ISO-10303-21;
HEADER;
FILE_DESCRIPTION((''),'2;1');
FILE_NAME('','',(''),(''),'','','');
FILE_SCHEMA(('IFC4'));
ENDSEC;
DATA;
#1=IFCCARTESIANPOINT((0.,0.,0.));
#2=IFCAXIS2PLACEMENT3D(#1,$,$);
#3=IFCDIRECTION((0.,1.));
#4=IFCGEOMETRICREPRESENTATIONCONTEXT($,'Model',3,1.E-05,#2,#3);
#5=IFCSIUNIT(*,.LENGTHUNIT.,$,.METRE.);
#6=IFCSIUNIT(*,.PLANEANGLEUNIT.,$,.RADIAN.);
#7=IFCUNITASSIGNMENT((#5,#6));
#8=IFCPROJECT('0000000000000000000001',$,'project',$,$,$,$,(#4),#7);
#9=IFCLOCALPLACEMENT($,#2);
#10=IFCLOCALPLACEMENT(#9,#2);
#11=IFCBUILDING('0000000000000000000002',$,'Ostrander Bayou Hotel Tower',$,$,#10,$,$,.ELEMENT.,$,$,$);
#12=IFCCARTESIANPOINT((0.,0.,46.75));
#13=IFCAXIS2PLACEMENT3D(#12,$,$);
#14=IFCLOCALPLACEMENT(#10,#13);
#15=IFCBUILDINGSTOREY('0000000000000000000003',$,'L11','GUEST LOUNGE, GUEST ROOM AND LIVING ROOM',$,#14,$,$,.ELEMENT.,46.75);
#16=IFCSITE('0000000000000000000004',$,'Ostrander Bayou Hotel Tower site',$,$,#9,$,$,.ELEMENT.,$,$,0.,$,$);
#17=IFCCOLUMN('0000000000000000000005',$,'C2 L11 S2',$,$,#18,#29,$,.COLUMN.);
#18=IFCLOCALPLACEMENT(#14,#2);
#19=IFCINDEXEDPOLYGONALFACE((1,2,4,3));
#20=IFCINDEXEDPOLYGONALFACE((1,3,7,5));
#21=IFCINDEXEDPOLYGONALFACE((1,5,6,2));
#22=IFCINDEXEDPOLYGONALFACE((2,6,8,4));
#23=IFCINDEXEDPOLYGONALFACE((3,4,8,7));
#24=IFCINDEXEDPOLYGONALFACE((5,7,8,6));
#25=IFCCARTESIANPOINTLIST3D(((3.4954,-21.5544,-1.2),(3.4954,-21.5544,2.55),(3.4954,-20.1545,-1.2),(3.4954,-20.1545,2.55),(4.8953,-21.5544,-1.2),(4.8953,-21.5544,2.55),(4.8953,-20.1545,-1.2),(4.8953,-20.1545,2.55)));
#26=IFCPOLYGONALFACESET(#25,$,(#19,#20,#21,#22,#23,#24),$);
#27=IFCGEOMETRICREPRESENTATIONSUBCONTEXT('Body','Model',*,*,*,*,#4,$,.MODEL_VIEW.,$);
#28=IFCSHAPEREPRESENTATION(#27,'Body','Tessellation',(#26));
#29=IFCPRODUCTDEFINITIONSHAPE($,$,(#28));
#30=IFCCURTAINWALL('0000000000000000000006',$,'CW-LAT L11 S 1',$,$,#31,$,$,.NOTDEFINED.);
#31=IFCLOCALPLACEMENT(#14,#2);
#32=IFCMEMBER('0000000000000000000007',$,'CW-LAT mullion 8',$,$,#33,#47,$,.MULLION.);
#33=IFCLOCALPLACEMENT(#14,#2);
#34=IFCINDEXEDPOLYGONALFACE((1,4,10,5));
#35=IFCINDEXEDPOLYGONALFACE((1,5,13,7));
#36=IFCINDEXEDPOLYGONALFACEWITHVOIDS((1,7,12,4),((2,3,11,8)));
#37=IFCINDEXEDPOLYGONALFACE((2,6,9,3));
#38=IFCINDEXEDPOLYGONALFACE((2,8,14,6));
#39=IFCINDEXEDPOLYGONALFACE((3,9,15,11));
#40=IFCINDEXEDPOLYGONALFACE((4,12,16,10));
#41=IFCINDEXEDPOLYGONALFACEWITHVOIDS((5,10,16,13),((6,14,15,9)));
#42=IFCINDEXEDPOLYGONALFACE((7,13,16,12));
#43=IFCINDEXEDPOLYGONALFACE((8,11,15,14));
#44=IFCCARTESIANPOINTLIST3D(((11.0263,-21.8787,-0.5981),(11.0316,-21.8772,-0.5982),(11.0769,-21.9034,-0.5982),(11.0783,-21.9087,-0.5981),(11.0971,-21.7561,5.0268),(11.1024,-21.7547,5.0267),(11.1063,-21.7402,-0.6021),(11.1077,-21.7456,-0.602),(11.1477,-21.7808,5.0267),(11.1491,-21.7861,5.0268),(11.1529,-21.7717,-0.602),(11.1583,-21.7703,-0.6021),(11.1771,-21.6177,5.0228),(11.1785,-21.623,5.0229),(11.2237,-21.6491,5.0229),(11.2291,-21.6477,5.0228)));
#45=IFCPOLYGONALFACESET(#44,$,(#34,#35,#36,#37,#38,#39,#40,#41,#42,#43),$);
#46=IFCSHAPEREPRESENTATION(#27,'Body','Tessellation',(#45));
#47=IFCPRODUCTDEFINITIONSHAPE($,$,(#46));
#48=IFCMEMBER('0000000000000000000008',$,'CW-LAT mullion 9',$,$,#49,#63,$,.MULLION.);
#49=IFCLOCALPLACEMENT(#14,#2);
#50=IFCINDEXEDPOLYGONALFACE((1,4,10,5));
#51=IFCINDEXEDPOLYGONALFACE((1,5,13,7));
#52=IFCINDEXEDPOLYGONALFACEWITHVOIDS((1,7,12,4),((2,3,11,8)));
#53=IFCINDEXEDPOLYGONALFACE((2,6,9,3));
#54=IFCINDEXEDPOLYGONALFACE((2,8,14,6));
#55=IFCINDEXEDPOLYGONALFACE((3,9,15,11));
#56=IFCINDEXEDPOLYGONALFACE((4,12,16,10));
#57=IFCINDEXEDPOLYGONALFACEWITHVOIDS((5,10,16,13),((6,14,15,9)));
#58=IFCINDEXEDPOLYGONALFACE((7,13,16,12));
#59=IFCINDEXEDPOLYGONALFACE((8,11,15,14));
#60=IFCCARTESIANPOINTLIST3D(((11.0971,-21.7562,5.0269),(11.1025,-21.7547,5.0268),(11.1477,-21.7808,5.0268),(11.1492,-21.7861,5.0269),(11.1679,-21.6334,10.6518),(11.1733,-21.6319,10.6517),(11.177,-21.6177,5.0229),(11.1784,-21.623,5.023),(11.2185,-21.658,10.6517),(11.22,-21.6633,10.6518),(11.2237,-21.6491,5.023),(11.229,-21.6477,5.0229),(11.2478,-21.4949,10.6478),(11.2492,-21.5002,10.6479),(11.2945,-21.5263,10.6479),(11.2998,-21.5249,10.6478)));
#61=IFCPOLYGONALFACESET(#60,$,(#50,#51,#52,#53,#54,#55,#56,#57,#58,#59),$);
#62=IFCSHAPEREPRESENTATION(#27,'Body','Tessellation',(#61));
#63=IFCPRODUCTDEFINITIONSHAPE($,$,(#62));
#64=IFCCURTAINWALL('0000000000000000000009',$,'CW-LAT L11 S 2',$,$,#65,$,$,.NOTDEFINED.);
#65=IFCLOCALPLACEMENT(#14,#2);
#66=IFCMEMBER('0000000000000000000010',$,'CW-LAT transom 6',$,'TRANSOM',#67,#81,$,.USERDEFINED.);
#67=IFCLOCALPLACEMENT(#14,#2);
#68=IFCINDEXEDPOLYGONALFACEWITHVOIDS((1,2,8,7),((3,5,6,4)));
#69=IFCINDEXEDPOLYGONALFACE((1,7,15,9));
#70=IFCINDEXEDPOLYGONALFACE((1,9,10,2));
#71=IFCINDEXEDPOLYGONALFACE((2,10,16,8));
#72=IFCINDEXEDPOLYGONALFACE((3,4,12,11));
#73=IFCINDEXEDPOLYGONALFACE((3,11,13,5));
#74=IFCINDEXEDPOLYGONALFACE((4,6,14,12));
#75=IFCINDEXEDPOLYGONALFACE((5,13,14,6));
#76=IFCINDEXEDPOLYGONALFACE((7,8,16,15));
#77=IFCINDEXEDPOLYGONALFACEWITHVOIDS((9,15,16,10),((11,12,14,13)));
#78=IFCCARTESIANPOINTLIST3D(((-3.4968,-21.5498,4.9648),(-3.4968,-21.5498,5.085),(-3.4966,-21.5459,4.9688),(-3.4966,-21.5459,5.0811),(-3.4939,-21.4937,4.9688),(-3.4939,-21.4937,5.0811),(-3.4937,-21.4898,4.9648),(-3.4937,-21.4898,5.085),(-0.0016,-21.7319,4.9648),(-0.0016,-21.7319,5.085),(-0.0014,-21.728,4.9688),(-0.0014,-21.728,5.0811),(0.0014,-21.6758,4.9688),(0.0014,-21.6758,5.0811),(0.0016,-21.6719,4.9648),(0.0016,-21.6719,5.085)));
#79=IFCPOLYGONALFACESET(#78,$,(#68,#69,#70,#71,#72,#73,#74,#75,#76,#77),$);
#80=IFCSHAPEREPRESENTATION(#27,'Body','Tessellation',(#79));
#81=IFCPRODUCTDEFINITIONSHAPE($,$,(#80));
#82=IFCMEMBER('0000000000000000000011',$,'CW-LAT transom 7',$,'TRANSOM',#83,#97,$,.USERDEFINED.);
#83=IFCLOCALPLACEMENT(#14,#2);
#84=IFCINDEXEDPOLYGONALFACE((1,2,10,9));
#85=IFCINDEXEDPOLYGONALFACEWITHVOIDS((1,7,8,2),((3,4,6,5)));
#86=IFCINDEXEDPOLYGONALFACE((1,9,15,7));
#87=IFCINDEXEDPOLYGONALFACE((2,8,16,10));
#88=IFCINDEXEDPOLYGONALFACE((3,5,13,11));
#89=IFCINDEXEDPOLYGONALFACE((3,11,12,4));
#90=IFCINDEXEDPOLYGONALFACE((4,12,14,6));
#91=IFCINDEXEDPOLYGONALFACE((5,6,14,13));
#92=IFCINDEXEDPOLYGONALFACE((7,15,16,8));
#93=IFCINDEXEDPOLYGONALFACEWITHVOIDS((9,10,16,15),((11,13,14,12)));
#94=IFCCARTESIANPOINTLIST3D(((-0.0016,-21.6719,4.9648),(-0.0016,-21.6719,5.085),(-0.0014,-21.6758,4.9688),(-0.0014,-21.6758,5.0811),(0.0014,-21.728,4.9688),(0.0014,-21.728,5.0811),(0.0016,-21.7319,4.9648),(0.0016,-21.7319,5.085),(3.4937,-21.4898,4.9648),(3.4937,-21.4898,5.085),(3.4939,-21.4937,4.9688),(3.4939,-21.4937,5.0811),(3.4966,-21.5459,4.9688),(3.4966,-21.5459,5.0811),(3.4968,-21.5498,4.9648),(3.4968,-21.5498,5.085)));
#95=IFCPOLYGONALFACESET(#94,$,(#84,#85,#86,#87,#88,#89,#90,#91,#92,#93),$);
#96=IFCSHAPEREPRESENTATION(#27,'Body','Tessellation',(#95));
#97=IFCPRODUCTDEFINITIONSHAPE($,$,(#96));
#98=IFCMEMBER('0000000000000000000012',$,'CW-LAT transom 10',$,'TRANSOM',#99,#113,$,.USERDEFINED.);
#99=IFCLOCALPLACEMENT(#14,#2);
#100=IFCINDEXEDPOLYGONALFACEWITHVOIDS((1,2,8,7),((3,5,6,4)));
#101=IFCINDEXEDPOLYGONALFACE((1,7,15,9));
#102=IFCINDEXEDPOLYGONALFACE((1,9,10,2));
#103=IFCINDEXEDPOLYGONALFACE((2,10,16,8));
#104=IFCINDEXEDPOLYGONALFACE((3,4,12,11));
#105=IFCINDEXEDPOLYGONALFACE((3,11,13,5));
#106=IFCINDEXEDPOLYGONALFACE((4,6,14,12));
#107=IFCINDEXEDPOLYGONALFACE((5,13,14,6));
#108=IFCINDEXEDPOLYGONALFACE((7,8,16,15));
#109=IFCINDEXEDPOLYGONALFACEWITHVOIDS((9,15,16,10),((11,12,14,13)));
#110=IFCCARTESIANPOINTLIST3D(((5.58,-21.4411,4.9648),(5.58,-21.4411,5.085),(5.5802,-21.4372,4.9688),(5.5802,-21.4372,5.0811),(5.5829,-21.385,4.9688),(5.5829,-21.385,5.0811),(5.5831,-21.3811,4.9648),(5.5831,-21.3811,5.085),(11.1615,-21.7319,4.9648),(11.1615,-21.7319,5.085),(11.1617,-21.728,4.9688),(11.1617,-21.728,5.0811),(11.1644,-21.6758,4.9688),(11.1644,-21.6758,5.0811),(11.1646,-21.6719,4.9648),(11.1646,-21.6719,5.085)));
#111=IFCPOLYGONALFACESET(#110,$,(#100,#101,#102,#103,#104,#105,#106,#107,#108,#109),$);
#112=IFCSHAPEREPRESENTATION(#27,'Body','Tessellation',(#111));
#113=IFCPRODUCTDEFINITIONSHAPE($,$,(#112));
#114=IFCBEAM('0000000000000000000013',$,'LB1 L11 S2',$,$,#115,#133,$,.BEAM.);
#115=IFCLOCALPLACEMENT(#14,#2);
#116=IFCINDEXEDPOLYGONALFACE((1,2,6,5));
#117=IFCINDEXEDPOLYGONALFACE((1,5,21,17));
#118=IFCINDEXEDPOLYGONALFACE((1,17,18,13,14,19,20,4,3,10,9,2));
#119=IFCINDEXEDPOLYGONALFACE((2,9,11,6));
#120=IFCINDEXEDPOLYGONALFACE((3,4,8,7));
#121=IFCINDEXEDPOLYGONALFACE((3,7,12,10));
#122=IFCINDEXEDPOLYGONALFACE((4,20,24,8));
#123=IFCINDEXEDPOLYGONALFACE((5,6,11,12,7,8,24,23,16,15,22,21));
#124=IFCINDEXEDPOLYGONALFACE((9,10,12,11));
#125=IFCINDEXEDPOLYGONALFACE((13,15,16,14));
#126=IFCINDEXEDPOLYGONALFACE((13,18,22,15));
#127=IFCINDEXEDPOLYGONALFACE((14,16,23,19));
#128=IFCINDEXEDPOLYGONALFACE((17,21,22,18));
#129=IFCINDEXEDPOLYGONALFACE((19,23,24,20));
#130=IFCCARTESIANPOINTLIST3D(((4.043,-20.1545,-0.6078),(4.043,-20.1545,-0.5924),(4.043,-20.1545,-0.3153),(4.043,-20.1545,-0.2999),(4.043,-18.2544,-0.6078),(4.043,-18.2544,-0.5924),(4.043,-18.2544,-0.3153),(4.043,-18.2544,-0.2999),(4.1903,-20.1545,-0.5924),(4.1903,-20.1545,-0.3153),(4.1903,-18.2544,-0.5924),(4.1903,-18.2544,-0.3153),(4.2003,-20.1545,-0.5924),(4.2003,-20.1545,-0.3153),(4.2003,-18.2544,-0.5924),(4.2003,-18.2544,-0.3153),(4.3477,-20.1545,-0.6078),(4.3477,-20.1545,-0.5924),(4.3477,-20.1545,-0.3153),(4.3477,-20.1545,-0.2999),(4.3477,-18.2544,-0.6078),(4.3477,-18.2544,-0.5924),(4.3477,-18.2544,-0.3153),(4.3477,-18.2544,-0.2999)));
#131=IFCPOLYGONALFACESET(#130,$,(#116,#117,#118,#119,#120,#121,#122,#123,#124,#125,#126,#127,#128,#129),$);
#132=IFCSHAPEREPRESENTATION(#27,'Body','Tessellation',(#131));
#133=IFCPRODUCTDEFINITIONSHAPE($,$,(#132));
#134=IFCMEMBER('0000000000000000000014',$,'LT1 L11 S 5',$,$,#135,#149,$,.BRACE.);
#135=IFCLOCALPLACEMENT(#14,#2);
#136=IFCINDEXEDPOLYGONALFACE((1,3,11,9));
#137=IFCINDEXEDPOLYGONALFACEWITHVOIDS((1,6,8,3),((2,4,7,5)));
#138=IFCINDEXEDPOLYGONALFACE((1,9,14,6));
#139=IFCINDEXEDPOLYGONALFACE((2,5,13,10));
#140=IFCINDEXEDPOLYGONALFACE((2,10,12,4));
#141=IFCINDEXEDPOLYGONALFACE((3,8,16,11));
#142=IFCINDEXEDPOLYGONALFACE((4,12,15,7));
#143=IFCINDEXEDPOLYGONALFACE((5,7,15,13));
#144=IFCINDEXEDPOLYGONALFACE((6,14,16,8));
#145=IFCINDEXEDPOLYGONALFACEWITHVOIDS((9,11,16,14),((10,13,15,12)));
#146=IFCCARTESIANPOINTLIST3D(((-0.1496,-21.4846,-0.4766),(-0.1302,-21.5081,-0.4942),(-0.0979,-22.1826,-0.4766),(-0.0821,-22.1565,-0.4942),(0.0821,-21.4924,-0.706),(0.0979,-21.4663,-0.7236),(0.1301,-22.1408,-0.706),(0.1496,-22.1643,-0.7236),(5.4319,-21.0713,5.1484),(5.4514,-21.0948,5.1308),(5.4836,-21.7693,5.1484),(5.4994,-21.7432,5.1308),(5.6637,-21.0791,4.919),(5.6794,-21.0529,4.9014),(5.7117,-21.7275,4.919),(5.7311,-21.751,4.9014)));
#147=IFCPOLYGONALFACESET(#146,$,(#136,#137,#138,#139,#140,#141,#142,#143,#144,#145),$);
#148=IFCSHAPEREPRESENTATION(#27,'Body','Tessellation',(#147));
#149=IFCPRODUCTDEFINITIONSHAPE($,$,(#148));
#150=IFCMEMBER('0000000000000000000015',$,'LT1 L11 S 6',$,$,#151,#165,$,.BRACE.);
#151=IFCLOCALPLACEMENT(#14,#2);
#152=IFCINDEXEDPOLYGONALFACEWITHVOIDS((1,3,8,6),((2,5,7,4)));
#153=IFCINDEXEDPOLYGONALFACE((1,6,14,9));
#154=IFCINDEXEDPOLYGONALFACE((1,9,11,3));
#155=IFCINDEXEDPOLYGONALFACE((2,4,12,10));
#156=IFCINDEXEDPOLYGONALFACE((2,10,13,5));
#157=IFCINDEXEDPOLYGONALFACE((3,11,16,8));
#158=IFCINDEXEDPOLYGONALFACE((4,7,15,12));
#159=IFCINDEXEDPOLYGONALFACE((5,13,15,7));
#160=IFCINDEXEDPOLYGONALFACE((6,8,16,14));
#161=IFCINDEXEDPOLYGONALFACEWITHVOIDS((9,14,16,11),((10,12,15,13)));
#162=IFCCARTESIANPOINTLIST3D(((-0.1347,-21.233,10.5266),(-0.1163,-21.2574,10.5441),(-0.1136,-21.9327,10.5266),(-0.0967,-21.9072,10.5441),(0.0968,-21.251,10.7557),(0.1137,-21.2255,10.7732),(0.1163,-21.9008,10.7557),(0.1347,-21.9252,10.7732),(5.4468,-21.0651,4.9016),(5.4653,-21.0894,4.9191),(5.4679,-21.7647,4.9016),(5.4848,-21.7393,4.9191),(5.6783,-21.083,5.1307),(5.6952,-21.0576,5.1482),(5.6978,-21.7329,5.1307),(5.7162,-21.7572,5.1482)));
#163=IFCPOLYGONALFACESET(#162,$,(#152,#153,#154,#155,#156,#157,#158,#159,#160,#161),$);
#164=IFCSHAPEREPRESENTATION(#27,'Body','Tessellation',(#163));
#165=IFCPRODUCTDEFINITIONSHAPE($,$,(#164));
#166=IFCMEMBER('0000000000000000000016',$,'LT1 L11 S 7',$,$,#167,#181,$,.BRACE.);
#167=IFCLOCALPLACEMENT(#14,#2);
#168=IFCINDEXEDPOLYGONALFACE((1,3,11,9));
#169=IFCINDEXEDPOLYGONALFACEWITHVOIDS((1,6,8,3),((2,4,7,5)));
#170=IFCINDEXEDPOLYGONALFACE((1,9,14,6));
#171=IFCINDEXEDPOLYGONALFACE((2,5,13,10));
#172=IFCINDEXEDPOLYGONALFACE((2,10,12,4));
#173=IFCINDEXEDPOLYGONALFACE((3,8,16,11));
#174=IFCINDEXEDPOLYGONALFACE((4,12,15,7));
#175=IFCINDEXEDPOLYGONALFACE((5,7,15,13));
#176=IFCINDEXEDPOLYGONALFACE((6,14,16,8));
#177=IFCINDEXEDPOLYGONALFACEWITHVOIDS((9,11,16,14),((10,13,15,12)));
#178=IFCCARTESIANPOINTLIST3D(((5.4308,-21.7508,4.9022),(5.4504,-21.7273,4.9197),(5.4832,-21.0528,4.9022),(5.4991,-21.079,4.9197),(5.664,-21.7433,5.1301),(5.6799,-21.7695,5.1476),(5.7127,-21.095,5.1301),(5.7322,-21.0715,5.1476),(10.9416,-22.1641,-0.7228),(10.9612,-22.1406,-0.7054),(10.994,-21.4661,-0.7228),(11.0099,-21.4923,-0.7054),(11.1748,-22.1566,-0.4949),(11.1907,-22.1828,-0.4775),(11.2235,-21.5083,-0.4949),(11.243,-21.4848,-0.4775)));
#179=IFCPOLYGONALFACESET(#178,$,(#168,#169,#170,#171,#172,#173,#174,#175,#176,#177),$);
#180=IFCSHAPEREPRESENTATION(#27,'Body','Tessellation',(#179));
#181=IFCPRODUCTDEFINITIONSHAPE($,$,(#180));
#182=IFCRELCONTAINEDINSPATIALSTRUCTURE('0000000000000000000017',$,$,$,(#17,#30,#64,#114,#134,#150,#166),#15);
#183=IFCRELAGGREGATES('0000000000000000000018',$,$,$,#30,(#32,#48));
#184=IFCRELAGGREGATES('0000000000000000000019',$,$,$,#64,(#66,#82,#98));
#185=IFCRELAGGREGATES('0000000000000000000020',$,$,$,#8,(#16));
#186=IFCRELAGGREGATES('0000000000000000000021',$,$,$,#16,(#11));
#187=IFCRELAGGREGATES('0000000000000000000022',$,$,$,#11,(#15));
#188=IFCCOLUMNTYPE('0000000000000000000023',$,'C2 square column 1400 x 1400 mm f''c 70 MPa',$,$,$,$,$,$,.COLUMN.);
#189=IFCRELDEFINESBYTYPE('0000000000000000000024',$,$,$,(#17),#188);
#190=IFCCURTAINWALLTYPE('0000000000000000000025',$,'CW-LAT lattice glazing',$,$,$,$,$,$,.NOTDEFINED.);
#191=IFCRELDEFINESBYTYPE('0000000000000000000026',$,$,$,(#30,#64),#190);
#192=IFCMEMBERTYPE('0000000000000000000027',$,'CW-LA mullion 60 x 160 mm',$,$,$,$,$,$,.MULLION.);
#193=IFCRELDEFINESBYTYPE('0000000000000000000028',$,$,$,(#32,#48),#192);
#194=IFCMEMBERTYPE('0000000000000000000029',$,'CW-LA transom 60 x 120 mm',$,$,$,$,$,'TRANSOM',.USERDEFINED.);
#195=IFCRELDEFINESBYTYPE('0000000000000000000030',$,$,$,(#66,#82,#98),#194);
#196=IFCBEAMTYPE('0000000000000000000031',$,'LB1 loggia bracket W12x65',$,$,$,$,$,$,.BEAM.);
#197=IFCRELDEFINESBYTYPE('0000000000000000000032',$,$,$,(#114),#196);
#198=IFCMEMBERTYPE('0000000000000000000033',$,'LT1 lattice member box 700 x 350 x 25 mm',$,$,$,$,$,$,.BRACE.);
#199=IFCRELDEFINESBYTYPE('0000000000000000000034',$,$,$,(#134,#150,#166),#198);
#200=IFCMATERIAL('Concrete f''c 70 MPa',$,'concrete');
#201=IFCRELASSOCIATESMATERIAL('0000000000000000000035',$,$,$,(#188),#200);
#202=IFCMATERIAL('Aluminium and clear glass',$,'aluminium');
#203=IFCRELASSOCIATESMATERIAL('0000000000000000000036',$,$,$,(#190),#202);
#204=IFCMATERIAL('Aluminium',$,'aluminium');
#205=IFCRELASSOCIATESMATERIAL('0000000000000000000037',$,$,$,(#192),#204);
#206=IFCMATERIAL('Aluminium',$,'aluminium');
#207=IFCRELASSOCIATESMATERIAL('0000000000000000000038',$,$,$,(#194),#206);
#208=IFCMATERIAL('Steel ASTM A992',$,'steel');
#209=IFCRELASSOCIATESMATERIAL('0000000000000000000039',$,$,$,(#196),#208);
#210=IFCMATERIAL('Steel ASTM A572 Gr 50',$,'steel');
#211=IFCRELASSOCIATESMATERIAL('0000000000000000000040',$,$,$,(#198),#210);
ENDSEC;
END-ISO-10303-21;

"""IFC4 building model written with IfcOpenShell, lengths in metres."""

from ifc_helpers import new_model, si_unit, direction, frame, origin, origin_2d, place, context, subcontext, project, spatial, rectangle, hollow_rectangle, i_section, extrude, material, material_profile, profile_set, type_object, element, aggregate, save


model = new_model("IFC4")

# Units and contexts
model_context = context("Model", 3, precision=1e-05, world=origin(), true_north=direction((0.0, 1.0)))
body_context = subcontext(model_context, "Body", "Model", "MODEL_VIEW")
ifc_project = project(units=[si_unit("LENGTHUNIT", "METRE"), si_unit("PLANEANGLEUNIT", "RADIAN")], contexts=[model_context])

# Site, building, storey
site_placement = place(None, origin())
site = spatial("IfcSite", under=ifc_project, at=site_placement, Name="Ostrander Bayou Hotel Tower site", CompositionType="ELEMENT", RefElevation=0.0)
building_placement = place(site_placement, origin())
building = spatial("IfcBuilding", under=site, at=building_placement, Name="Ostrander Bayou Hotel Tower", CompositionType="ELEMENT")
storey_placement = place(building_placement, frame((0.0, 0.0, 46.75)))
storey = spatial("IfcBuildingStorey", under=building, at=storey_placement, Name="L11", Description="GUEST LOUNGE, GUEST ROOM AND LIVING ROOM", CompositionType="ELEMENT", Elevation=46.75)

# Column
ifc_material_1 = material(Name="Concrete f'c 70 MPa", Category="concrete")
ifc_material_profile_1 = material_profile(ifc_material_1, rectangle(XDim=1.3999, YDim=1.3999, at=origin_2d()))
ifc_profile_set_1 = profile_set([ifc_material_profile_1], Name="Concrete f'c 70 MPa")
column_type = type_object("IfcColumnType", Name="C2 square column 1400 x 1400 mm f'c 70 MPa", PredefinedType="COLUMN", material=ifc_profile_set_1)
column_placement = place(storey_placement, frame((4.1953, -20.8545, -1.2), z_axis=(0.0, 0.0, 1.0), x_axis=(-1.0, 0.0, 0.0)))
element("IfcColumn", 1, at=column_placement, inside=storey, type_object=column_type, Name="C2 L11 S2", PredefinedType="COLUMN", context=body_context, shape_type="SweptSolid", body=[
    extrude(rectangle(XDim=1.3999, YDim=1.3999, at=origin_2d()), origin(), (0.0, 0.0, 1.0), 3.75),
])

# Curtain walls, members
ifc_material_2 = material(Name="Aluminium and clear glass", Category="aluminium")
curtain_wall_type = type_object("IfcCurtainWallType", Name="CW-LAT lattice glazing", PredefinedType="NOTDEFINED", material=ifc_material_2)
curtain_wall_1_placement = place(storey_placement, origin())
curtain_wall_1 = element("IfcCurtainWall", 2, at=curtain_wall_1_placement, inside=storey, type_object=curtain_wall_type, Name="CW-LAT L11 S 1", PredefinedType="NOTDEFINED")
ifc_material_3 = material(Name="Aluminium", Category="aluminium")
ifc_material_profile_2 = material_profile(ifc_material_3, hollow_rectangle(XDim=0.0601, YDim=0.1599, WallThickness=0.0039, at=origin_2d()))
ifc_profile_set_2 = profile_set([ifc_material_profile_2], Name="Aluminium")
member_type_1 = type_object("IfcMemberType", Name="CW-LA mullion 60 x 160 mm", PredefinedType="MULLION", material=ifc_profile_set_2)
member_1_placement = place(storey_placement, frame((11.0923, -21.8245, -0.6001), z_axis=(0.012583, 0.021781, 0.999684), x_axis=(-0.865898, 0.50022, 0.0)))
member_1 = element("IfcMember", 3, at=member_1_placement, type_object=member_type_1, Name="CW-LAT mullion 8", PredefinedType="MULLION", context=body_context, shape_type="SweptSolid", body=[
    extrude(hollow_rectangle(XDim=0.0601, YDim=0.1599, WallThickness=0.0039, at=origin_2d()), origin(), (0.0, 0.0, 1.0), 5.6267),
])
member_2_placement = place(storey_placement, frame((11.1631, -21.7019, 5.0249), z_axis=(0.012583, 0.021825, 0.999683), x_axis=(-0.866329, 0.499474, 0.0)))
member_2 = element("IfcMember", 4, at=member_2_placement, type_object=member_type_1, Name="CW-LAT mullion 9", PredefinedType="MULLION", context=body_context, shape_type="SweptSolid", body=[
    extrude(hollow_rectangle(XDim=0.0601, YDim=0.1599, WallThickness=0.0039, at=origin_2d()), origin(), (0.0, 0.0, 1.0), 5.6267),
])
curtain_wall_2_placement = place(storey_placement, origin())
curtain_wall_2 = element("IfcCurtainWall", 5, at=curtain_wall_2_placement, inside=storey, type_object=curtain_wall_type, Name="CW-LAT L11 S 2", PredefinedType="NOTDEFINED")
ifc_material_4 = material(Name="Aluminium", Category="aluminium")
ifc_material_profile_3 = material_profile(ifc_material_4, hollow_rectangle(XDim=0.0601, YDim=0.1201, WallThickness=0.0039, at=origin_2d()))
ifc_profile_set_3 = profile_set([ifc_material_profile_3], Name="Aluminium")
member_type_2 = type_object("IfcMemberType", Name="CW-LA transom 60 x 120 mm", ElementType="TRANSOM", PredefinedType="USERDEFINED", material=ifc_profile_set_3)
member_3_placement = place(storey_placement, frame((0.0, -21.7019, 5.0249), z_axis=(-0.998645, 0.052035, 0.0), x_axis=(-0.052035, -0.998645, 0.0)))
member_3 = element("IfcMember", 6, at=member_3_placement, type_object=member_type_2, Name="CW-LAT transom 6", ObjectType="TRANSOM", PredefinedType="USERDEFINED", context=body_context, shape_type="SweptSolid", body=[
    extrude(hollow_rectangle(XDim=0.0601, YDim=0.1201, WallThickness=0.0039, at=origin_2d()), origin(), (0.0, 0.0, 1.0), 3.5),
])
member_4_placement = place(storey_placement, frame((0.0, -21.7019, 5.0249), z_axis=(0.998645, 0.052035, 0.0), x_axis=(-0.052035, 0.998645, 0.0)))
member_4 = element("IfcMember", 7, at=member_4_placement, type_object=member_type_2, Name="CW-LAT transom 7", ObjectType="TRANSOM", PredefinedType="USERDEFINED", context=body_context, shape_type="SweptSolid", body=[
    extrude(hollow_rectangle(XDim=0.0601, YDim=0.1201, WallThickness=0.0039, at=origin_2d()), origin(), (0.0, 0.0, 1.0), 3.5),
])
member_5_placement = place(storey_placement, frame((11.1631, -21.7019, 5.0249), z_axis=(-0.998646, 0.052025, 0.0), x_axis=(-0.052025, -0.998646, 0.0)))
member_5 = element("IfcMember", 8, at=member_5_placement, type_object=member_type_2, Name="CW-LAT transom 10", ObjectType="TRANSOM", PredefinedType="USERDEFINED", context=body_context, shape_type="SweptSolid", body=[
    extrude(hollow_rectangle(XDim=0.0601, YDim=0.1201, WallThickness=0.0039, at=origin_2d()), origin(), (0.0, 0.0, 1.0), 5.5891),
])

# Beam
ifc_material_5 = material(Name="Steel ASTM A992", Category="steel")
ifc_material_profile_4 = material_profile(ifc_material_5, i_section(OverallWidth=0.3047, OverallDepth=0.3079, WebThickness=0.01, FlangeThickness=0.0154, at=origin_2d()))
ifc_profile_set_4 = profile_set([ifc_material_profile_4], Name="Steel ASTM A992")
beam_type_1 = type_object("IfcBeamType", Name="LB1 loggia bracket W12x65", PredefinedType="BEAM", material=ifc_profile_set_4)
beam_1_placement = place(storey_placement, frame((4.1953, -20.1545, -0.4539), z_axis=(0.0, 1.0, 0.0), x_axis=(-1.0, 0.0, 0.0)))
element("IfcBeam", 9, at=beam_1_placement, inside=storey, type_object=beam_type_1, Name="LB1 L11 S2", PredefinedType="BEAM", context=body_context, shape_type="SweptSolid", body=[
    extrude(i_section(OverallWidth=0.3047, OverallDepth=0.3079, WebThickness=0.01, FlangeThickness=0.0154, at=origin_2d()), origin(), (0.0, 0.0, 1.0), 1.9001),
])

# Members
ifc_material_6 = material(Name="Steel ASTM A572 Gr 50", Category="steel")
ifc_material_profile_5 = material_profile(ifc_material_6, hollow_rectangle(XDim=0.7, YDim=0.3501, WallThickness=0.0249, at=origin_2d()))
ifc_profile_set_5 = profile_set([ifc_material_profile_5], Name="Steel ASTM A572 Gr 50")
member_type_3 = type_object("IfcMemberType", Name="LT1 lattice member box 700 x 350 x 25 mm", PredefinedType="BRACE", material=ifc_profile_set_5)
member_6_placement = place(storey_placement, frame((5.5815, -21.4111, 5.0249), z_axis=(-0.703403, -0.052089, -0.70888), x_axis=(0.073851, -0.997269, 0.0)))
element("IfcMember", 10, at=member_6_placement, inside=storey, type_object=member_type_3, Name="LT1 L11 S 5", PredefinedType="BRACE", context=body_context, shape_type="SweptSolid", body=[
    extrude(hollow_rectangle(XDim=0.7, YDim=0.3501, WallThickness=0.0249, at=origin_2d()), origin(), (0.0, 0.0, 1.0), 7.9351),
])
member_7_placement = place(storey_placement, frame((5.5815, -21.4111, 5.0249), z_axis=(-0.704201, -0.021192, 0.709684), x_axis=(0.03008, -0.999547, 0.0)))
element("IfcMember", 11, at=member_7_placement, inside=storey, type_object=member_type_3, Name="LT1 L11 S 6", PredefinedType="BRACE", context=body_context, shape_type="SweptSolid", body=[
    extrude(hollow_rectangle(XDim=0.7, YDim=0.3501, WallThickness=0.0249, at=origin_2d()), origin(), (0.0, 0.0, 1.0), 7.926),
])
member_8_placement = place(storey_placement, frame((5.5815, -21.4111, 5.0249), z_axis=(0.698853, -0.052417, -0.713342), x_axis=(0.074794, 0.997199, 0.0)))
element("IfcMember", 12, at=member_8_placement, inside=storey, type_object=member_type_3, Name="LT1 L11 S 7", PredefinedType="BRACE", context=body_context, shape_type="SweptSolid", body=[
    extrude(hollow_rectangle(XDim=0.7, YDim=0.3501, WallThickness=0.0249, at=origin_2d()), origin(), (0.0, 0.0, 1.0), 7.8855),
])

aggregate(curtain_wall_1, [member_1, member_2])
aggregate(curtain_wall_2, [member_3, member_4, member_5])

save(model, "model.ifc")
